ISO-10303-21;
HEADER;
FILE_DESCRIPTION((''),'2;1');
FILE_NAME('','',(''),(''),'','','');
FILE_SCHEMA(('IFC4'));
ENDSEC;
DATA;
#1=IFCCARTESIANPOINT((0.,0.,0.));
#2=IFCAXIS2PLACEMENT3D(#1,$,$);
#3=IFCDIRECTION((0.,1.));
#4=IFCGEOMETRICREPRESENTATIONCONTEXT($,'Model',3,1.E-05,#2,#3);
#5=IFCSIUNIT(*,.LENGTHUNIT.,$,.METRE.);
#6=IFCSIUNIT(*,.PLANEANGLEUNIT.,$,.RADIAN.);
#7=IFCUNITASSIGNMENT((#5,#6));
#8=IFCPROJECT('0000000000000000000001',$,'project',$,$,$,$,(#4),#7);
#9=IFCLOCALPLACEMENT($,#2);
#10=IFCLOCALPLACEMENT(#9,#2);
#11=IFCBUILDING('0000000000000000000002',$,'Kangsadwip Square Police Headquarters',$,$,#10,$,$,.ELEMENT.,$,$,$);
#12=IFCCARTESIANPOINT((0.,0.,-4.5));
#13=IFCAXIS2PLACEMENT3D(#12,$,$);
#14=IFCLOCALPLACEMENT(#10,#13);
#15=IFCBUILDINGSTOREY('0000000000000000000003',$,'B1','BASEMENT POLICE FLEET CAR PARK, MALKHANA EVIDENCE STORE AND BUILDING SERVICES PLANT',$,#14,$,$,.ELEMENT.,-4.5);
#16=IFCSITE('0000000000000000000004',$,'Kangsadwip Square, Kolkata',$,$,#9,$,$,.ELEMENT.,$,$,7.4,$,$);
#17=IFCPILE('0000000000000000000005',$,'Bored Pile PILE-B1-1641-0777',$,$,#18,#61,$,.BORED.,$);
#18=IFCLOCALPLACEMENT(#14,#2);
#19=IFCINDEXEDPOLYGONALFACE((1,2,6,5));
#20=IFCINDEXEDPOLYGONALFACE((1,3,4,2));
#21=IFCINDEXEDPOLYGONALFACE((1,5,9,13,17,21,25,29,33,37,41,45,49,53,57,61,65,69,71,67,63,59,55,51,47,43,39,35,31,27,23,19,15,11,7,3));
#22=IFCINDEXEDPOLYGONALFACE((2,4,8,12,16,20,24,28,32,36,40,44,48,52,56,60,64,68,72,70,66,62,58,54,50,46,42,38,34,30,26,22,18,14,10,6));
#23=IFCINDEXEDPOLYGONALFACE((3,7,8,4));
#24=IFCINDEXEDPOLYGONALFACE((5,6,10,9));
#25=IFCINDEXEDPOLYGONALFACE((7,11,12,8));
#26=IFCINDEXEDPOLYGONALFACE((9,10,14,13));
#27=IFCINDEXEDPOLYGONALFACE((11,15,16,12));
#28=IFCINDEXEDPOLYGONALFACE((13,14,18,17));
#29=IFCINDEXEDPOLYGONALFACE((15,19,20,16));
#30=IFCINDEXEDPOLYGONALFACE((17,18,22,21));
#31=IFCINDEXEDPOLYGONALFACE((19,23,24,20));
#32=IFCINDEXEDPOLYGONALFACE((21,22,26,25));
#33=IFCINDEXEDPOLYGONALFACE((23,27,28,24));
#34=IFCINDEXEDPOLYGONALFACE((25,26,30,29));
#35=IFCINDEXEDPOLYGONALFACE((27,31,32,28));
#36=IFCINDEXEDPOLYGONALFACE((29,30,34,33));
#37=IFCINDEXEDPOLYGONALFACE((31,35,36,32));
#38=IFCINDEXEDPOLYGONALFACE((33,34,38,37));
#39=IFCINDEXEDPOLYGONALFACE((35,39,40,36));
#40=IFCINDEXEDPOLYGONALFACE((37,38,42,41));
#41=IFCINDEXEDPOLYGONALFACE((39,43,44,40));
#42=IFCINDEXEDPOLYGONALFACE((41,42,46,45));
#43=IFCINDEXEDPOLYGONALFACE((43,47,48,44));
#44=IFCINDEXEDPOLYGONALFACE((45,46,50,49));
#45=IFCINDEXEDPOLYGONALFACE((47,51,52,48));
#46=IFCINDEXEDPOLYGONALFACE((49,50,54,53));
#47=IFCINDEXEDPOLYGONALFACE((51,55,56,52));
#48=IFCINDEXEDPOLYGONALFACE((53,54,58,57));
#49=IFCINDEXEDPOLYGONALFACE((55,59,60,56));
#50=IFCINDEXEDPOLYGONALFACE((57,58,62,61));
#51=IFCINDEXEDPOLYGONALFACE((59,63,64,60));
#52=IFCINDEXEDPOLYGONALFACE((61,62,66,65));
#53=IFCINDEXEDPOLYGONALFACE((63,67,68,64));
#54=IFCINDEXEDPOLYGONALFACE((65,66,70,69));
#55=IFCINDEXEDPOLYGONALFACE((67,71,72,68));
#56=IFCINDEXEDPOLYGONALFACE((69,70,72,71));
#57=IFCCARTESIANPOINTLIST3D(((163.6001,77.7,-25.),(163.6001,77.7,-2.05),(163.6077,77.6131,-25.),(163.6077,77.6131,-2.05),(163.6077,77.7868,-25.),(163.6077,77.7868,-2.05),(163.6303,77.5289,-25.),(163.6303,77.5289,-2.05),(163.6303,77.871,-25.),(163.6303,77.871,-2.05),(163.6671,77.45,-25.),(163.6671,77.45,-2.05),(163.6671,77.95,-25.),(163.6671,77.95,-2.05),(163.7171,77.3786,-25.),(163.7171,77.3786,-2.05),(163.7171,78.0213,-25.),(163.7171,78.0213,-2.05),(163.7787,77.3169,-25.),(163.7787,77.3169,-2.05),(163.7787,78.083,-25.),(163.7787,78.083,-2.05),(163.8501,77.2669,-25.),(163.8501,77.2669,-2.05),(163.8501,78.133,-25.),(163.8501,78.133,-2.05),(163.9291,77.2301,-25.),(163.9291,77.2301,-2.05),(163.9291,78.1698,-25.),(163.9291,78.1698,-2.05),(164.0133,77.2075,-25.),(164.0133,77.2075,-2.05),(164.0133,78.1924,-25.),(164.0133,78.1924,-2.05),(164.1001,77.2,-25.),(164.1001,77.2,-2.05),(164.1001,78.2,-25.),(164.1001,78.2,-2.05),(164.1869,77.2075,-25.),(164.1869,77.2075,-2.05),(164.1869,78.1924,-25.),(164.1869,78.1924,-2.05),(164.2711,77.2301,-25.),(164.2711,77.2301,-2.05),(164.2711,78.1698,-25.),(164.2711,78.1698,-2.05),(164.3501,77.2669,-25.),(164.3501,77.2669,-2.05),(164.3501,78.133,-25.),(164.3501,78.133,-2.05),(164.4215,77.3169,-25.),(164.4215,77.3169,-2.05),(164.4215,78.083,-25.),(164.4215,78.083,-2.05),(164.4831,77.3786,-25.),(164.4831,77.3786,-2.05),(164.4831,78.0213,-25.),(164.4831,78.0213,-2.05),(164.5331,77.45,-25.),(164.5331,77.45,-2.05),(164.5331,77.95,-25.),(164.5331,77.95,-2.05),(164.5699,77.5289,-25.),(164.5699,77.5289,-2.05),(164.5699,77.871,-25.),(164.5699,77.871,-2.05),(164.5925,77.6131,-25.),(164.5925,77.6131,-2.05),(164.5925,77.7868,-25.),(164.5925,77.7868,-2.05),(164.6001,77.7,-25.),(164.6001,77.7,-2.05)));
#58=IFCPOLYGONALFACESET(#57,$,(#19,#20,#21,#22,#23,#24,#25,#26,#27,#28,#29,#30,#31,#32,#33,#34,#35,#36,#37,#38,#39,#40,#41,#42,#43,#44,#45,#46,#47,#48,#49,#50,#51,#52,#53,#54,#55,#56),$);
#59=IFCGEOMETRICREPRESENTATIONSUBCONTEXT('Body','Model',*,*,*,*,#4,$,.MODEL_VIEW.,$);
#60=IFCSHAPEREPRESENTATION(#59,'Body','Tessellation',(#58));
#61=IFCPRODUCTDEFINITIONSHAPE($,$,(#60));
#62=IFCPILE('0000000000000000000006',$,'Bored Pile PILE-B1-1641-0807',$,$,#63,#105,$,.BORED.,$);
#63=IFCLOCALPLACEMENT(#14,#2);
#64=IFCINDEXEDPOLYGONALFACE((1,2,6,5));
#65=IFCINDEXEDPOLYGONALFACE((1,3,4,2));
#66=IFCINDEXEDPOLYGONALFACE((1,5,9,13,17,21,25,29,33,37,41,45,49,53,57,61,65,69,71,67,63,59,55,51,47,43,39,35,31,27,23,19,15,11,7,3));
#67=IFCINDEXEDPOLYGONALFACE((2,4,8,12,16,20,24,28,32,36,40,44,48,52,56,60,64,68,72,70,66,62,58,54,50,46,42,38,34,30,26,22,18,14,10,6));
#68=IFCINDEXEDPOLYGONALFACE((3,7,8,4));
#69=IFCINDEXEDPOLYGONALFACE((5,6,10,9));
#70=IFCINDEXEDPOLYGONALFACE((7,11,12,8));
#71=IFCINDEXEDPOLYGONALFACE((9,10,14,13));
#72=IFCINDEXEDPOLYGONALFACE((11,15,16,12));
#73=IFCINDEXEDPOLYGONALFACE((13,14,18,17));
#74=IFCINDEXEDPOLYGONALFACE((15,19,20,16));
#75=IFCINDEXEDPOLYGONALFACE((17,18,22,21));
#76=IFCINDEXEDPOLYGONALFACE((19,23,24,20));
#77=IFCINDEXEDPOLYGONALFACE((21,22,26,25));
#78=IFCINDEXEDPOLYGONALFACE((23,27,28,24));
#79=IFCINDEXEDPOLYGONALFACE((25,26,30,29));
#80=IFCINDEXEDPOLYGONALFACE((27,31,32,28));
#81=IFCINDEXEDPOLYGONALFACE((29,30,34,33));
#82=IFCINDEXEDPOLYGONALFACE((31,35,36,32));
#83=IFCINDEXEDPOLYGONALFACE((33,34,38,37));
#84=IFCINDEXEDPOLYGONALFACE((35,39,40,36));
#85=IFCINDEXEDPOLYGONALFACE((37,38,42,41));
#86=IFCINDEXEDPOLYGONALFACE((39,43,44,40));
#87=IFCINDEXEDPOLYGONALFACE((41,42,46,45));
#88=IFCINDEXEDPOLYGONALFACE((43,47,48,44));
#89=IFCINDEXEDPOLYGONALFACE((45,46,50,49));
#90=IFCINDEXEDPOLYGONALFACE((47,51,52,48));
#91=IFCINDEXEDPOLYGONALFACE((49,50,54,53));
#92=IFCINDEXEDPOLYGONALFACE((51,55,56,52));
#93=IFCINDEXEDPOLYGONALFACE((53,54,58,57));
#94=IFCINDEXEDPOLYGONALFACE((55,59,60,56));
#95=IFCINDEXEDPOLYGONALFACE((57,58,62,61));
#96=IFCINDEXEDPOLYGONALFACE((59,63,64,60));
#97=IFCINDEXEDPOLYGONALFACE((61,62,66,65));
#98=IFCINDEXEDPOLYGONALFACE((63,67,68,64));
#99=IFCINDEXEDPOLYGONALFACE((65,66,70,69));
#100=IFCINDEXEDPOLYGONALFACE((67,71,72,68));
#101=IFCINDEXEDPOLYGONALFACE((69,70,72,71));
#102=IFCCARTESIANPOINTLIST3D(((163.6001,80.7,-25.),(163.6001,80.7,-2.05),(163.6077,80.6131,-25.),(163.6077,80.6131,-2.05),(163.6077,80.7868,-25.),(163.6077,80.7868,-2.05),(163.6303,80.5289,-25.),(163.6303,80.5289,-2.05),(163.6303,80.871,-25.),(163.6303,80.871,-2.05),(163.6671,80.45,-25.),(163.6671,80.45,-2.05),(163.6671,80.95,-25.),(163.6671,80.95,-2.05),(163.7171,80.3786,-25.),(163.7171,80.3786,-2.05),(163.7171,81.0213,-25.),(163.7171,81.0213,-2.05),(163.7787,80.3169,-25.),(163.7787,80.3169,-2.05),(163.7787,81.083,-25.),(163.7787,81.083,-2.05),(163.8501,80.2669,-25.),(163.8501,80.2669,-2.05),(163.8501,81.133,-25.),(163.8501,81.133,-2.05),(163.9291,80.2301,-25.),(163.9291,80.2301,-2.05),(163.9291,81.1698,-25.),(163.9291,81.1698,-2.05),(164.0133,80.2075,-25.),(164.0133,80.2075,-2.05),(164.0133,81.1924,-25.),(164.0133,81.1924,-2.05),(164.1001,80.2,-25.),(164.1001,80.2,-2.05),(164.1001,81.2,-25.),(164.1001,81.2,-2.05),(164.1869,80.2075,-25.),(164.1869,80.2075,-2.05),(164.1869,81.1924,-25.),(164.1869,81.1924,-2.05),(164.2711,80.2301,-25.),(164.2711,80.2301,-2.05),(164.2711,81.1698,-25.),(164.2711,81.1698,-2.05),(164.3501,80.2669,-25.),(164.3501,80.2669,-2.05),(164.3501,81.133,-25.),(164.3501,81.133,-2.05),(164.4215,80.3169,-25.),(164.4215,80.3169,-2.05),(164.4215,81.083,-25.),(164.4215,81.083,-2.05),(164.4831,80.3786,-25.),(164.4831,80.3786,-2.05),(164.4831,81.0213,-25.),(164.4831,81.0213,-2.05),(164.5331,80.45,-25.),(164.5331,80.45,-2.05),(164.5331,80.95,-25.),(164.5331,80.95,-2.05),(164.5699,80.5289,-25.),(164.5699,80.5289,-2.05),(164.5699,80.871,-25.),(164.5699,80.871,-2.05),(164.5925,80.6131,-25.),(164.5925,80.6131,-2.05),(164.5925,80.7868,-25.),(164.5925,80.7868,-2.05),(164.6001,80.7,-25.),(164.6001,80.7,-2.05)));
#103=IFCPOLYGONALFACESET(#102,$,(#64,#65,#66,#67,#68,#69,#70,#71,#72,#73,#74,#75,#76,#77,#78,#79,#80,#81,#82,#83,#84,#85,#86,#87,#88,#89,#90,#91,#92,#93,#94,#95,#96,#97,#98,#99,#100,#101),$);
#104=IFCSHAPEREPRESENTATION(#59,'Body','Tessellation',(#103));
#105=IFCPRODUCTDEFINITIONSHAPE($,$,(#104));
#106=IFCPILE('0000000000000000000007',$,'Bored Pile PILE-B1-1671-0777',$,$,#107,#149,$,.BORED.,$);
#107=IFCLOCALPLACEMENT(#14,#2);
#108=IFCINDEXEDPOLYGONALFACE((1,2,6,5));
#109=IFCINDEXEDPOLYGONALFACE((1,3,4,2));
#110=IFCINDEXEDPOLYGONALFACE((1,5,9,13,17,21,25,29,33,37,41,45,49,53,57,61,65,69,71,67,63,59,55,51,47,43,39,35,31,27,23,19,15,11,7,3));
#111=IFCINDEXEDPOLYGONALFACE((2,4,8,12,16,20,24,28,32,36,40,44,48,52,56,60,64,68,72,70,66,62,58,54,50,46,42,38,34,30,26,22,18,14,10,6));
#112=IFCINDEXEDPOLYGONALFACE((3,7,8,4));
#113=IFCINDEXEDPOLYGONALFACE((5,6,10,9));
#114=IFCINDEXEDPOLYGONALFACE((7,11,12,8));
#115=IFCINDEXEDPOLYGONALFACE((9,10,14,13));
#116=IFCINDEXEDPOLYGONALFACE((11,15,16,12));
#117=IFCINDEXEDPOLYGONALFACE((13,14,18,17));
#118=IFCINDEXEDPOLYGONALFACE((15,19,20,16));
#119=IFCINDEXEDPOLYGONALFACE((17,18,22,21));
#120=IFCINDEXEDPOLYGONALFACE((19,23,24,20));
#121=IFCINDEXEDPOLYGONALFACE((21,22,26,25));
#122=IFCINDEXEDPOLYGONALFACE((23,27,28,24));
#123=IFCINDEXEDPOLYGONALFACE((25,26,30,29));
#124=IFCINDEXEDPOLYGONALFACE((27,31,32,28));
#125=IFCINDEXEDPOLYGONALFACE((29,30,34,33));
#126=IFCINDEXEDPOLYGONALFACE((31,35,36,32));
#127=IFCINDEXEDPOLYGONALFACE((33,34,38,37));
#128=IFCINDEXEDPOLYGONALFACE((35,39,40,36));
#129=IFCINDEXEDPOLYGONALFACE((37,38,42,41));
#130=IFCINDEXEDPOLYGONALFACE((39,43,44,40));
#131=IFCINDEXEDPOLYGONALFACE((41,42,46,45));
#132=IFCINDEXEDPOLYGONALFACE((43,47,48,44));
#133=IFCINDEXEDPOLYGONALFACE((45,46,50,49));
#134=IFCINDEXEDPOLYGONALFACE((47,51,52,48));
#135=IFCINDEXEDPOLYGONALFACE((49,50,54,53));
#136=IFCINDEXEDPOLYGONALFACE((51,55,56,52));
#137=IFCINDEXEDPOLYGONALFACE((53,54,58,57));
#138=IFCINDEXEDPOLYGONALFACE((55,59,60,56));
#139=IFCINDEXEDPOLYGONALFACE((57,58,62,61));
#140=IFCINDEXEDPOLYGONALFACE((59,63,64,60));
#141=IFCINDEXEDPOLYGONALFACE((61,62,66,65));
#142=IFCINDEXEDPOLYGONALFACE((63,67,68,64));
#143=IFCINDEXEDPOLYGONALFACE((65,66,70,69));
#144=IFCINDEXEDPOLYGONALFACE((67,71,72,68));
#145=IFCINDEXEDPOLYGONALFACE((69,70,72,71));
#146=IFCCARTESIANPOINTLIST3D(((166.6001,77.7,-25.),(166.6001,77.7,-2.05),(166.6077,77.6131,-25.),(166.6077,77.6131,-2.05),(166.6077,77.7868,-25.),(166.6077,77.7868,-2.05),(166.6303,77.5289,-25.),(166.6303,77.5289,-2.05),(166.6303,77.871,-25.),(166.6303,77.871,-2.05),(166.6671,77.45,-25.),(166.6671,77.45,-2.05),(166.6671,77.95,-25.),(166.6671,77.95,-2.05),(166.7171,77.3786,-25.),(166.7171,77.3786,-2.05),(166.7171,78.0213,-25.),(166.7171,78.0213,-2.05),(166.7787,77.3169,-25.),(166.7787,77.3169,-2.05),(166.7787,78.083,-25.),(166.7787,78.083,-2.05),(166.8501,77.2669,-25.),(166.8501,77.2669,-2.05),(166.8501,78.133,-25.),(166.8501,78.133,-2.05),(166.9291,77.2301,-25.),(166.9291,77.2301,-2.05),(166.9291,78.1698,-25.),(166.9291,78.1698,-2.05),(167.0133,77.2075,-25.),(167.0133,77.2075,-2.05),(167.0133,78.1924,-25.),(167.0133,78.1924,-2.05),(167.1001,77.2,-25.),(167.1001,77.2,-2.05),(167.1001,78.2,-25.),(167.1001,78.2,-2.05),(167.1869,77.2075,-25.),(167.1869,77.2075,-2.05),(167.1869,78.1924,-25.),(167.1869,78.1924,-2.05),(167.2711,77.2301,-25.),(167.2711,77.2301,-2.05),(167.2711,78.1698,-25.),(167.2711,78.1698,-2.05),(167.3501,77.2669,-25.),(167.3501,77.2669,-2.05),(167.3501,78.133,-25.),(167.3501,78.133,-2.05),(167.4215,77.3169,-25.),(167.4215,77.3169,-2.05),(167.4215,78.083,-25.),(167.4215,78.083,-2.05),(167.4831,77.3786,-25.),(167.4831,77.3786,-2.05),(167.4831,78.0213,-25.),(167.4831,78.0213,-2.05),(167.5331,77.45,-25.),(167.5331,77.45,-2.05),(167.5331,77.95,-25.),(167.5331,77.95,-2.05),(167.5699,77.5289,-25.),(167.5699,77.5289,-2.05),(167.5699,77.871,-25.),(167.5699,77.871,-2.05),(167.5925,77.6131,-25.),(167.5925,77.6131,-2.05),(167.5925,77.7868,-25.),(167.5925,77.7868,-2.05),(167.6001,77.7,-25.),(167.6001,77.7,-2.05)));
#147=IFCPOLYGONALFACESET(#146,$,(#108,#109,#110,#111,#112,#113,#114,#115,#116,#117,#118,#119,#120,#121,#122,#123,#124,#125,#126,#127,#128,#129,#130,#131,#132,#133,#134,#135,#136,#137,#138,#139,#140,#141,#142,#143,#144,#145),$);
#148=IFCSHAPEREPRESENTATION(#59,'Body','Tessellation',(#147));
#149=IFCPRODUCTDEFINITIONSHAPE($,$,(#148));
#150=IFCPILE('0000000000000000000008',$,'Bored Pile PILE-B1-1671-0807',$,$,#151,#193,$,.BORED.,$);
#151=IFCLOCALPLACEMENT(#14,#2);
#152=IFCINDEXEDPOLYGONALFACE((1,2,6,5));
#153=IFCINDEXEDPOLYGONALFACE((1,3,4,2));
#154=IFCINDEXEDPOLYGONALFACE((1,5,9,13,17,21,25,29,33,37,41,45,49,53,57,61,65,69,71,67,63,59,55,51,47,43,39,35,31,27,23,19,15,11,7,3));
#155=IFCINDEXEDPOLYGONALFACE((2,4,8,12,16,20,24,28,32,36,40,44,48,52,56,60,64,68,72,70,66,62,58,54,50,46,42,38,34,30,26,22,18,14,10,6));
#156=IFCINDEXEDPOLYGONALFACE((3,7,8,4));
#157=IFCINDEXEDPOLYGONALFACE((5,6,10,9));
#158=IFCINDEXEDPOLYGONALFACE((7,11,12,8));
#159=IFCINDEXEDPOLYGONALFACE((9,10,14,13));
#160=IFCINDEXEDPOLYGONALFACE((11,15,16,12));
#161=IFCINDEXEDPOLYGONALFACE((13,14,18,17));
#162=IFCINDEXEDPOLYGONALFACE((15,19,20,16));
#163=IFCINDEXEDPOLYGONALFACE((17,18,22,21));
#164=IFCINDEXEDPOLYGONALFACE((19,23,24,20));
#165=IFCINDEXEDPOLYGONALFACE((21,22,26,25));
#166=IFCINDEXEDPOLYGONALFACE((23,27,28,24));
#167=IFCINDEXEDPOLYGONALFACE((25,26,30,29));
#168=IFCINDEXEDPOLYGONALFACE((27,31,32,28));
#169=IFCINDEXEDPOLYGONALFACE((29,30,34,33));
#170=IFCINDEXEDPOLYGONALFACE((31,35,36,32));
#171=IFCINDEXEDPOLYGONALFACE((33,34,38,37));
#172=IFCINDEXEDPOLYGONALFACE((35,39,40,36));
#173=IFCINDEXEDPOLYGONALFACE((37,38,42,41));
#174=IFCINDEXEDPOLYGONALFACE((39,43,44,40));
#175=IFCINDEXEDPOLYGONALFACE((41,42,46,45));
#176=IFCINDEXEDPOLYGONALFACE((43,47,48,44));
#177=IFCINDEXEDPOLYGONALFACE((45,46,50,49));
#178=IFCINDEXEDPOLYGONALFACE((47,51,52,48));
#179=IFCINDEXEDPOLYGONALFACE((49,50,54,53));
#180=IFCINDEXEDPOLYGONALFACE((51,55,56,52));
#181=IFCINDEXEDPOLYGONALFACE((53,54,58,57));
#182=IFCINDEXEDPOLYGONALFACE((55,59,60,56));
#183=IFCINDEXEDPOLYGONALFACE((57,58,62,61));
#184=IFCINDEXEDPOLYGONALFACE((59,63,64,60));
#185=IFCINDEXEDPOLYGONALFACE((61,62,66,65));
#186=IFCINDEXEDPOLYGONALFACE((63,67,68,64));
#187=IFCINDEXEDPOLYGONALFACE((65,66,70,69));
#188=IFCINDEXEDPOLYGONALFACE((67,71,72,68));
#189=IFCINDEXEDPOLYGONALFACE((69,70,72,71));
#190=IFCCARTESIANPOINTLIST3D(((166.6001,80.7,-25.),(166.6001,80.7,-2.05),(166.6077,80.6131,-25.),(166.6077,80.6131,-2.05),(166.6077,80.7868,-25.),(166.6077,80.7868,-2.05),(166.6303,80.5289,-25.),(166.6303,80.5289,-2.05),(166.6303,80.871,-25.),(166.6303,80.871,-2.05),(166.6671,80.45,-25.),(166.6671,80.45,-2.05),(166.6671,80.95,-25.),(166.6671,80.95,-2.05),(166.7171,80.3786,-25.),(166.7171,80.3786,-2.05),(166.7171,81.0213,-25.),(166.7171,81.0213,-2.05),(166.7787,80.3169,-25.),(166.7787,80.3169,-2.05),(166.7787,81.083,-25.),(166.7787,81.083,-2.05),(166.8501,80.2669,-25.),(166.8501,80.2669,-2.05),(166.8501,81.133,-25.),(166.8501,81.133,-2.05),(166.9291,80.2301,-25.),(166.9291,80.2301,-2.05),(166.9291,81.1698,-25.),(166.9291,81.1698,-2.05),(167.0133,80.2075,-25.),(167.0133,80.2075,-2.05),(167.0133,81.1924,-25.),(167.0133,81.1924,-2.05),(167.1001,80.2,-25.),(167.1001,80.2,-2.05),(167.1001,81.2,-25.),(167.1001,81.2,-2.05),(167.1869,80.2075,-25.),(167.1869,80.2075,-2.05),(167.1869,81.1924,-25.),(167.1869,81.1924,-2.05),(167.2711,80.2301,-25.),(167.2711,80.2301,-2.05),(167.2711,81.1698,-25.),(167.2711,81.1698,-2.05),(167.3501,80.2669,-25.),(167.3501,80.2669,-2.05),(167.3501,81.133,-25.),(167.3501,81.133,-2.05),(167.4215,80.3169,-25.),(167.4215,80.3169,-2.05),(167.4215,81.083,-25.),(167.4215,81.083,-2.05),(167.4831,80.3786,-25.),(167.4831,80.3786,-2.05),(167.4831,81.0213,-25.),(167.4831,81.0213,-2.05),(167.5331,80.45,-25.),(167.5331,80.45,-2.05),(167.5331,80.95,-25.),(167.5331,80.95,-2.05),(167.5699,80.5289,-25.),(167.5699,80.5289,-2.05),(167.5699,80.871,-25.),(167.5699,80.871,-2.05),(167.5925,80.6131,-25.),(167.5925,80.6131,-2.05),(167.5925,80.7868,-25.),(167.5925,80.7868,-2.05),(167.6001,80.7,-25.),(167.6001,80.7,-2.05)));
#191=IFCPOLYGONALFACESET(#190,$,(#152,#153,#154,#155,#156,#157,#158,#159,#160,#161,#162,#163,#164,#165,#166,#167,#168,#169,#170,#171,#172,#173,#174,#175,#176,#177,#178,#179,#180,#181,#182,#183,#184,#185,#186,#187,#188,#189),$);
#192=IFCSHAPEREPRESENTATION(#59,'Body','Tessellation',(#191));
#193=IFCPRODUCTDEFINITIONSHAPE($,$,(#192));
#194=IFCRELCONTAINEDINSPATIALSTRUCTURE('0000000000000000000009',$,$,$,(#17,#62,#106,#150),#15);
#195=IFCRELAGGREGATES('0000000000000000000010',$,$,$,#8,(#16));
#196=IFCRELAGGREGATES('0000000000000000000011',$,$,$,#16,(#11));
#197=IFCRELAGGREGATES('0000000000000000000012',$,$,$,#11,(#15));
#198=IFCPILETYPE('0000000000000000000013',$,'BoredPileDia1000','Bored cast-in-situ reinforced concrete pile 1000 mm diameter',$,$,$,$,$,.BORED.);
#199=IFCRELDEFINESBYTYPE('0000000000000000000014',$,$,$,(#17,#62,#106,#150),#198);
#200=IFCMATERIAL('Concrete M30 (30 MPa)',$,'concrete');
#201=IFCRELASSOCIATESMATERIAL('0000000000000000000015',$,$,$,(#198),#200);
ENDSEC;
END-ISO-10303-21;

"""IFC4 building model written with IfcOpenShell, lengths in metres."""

from ifc_helpers import new_model, si_unit, direction, frame, origin, origin_2d, place, context, subcontext, project, spatial, circle, extrude, material, material_profile, profile_set, type_object, element, save


model = new_model("IFC4")

# Units and contexts
model_context = context("Model", 3, precision=1e-05, world=origin(), true_north=direction((0.0, 1.0)))
body_context = subcontext(model_context, "Body", "Model", "MODEL_VIEW")
ifc_project = project(units=[si_unit("LENGTHUNIT", "METRE"), si_unit("PLANEANGLEUNIT", "RADIAN")], contexts=[model_context])

# Site, building, storey
site_placement = place(None, origin())
site = spatial("IfcSite", under=ifc_project, at=site_placement, Name="Kangsadwip Square, Kolkata", CompositionType="ELEMENT", RefElevation=7.4)
building_placement = place(site_placement, origin())
building = spatial("IfcBuilding", under=site, at=building_placement, Name="Kangsadwip Square Police Headquarters", CompositionType="ELEMENT")
storey_placement = place(building_placement, frame((0.0, 0.0, -4.5)))
storey = spatial("IfcBuildingStorey", under=building, at=storey_placement, Name="B1", Description="BASEMENT POLICE FLEET CAR PARK, MALKHANA EVIDENCE STORE AND BUILDING SERVICES PLANT", CompositionType="ELEMENT", Elevation=-4.5)

# Piles
ifc_material_1 = material(Name="Concrete M30 (30 MPa)", Category="concrete")
ifc_material_profile_1 = material_profile(ifc_material_1, circle(Radius=0.5, at=origin_2d()), Name="PILE DIA 1000")
ifc_profile_set_1 = profile_set([ifc_material_profile_1], Name="Concrete M30 (30 MPa)")
pile_type_1 = type_object("IfcPileType", Name="BoredPileDia1000", Description="Bored cast-in-situ reinforced concrete pile 1000 mm diameter", PredefinedType="BORED", material=ifc_profile_set_1)
for number, where, z_axis, x_axis, name in (
    (1, (164.1001, 77.7, -2.05), (0.0, 0.0, -1.0), (1.0, 0.0, 0.0), "Bored Pile PILE-B1-1641-0777"),
    (2, (164.1001, 80.7, -2.05), (0.0, 0.0, -1.0), (1.0, 0.0, 0.0), "Bored Pile PILE-B1-1641-0807"),
    (3, (167.1001, 77.7, -2.05), (0.0, 0.0, -1.0), (1.0, 0.0, 0.0), "Bored Pile PILE-B1-1671-0777"),
    (4, (167.1001, 80.7, -2.05), (0.0, 0.0, -1.0), (1.0, 0.0, 0.0), "Bored Pile PILE-B1-1671-0807"),
):
    element("IfcPile", number, at=place(storey_placement, frame(where, z_axis=z_axis, x_axis=x_axis)), inside=storey, type_object=pile_type_1, Name=name, PredefinedType="BORED", context=body_context, shape_type="SweptSolid", body=[
        extrude(circle(Radius=0.5, at=origin_2d()), origin(), (0.0, 0.0, 1.0), 22.95),
    ])

save(model, "model.ifc")
